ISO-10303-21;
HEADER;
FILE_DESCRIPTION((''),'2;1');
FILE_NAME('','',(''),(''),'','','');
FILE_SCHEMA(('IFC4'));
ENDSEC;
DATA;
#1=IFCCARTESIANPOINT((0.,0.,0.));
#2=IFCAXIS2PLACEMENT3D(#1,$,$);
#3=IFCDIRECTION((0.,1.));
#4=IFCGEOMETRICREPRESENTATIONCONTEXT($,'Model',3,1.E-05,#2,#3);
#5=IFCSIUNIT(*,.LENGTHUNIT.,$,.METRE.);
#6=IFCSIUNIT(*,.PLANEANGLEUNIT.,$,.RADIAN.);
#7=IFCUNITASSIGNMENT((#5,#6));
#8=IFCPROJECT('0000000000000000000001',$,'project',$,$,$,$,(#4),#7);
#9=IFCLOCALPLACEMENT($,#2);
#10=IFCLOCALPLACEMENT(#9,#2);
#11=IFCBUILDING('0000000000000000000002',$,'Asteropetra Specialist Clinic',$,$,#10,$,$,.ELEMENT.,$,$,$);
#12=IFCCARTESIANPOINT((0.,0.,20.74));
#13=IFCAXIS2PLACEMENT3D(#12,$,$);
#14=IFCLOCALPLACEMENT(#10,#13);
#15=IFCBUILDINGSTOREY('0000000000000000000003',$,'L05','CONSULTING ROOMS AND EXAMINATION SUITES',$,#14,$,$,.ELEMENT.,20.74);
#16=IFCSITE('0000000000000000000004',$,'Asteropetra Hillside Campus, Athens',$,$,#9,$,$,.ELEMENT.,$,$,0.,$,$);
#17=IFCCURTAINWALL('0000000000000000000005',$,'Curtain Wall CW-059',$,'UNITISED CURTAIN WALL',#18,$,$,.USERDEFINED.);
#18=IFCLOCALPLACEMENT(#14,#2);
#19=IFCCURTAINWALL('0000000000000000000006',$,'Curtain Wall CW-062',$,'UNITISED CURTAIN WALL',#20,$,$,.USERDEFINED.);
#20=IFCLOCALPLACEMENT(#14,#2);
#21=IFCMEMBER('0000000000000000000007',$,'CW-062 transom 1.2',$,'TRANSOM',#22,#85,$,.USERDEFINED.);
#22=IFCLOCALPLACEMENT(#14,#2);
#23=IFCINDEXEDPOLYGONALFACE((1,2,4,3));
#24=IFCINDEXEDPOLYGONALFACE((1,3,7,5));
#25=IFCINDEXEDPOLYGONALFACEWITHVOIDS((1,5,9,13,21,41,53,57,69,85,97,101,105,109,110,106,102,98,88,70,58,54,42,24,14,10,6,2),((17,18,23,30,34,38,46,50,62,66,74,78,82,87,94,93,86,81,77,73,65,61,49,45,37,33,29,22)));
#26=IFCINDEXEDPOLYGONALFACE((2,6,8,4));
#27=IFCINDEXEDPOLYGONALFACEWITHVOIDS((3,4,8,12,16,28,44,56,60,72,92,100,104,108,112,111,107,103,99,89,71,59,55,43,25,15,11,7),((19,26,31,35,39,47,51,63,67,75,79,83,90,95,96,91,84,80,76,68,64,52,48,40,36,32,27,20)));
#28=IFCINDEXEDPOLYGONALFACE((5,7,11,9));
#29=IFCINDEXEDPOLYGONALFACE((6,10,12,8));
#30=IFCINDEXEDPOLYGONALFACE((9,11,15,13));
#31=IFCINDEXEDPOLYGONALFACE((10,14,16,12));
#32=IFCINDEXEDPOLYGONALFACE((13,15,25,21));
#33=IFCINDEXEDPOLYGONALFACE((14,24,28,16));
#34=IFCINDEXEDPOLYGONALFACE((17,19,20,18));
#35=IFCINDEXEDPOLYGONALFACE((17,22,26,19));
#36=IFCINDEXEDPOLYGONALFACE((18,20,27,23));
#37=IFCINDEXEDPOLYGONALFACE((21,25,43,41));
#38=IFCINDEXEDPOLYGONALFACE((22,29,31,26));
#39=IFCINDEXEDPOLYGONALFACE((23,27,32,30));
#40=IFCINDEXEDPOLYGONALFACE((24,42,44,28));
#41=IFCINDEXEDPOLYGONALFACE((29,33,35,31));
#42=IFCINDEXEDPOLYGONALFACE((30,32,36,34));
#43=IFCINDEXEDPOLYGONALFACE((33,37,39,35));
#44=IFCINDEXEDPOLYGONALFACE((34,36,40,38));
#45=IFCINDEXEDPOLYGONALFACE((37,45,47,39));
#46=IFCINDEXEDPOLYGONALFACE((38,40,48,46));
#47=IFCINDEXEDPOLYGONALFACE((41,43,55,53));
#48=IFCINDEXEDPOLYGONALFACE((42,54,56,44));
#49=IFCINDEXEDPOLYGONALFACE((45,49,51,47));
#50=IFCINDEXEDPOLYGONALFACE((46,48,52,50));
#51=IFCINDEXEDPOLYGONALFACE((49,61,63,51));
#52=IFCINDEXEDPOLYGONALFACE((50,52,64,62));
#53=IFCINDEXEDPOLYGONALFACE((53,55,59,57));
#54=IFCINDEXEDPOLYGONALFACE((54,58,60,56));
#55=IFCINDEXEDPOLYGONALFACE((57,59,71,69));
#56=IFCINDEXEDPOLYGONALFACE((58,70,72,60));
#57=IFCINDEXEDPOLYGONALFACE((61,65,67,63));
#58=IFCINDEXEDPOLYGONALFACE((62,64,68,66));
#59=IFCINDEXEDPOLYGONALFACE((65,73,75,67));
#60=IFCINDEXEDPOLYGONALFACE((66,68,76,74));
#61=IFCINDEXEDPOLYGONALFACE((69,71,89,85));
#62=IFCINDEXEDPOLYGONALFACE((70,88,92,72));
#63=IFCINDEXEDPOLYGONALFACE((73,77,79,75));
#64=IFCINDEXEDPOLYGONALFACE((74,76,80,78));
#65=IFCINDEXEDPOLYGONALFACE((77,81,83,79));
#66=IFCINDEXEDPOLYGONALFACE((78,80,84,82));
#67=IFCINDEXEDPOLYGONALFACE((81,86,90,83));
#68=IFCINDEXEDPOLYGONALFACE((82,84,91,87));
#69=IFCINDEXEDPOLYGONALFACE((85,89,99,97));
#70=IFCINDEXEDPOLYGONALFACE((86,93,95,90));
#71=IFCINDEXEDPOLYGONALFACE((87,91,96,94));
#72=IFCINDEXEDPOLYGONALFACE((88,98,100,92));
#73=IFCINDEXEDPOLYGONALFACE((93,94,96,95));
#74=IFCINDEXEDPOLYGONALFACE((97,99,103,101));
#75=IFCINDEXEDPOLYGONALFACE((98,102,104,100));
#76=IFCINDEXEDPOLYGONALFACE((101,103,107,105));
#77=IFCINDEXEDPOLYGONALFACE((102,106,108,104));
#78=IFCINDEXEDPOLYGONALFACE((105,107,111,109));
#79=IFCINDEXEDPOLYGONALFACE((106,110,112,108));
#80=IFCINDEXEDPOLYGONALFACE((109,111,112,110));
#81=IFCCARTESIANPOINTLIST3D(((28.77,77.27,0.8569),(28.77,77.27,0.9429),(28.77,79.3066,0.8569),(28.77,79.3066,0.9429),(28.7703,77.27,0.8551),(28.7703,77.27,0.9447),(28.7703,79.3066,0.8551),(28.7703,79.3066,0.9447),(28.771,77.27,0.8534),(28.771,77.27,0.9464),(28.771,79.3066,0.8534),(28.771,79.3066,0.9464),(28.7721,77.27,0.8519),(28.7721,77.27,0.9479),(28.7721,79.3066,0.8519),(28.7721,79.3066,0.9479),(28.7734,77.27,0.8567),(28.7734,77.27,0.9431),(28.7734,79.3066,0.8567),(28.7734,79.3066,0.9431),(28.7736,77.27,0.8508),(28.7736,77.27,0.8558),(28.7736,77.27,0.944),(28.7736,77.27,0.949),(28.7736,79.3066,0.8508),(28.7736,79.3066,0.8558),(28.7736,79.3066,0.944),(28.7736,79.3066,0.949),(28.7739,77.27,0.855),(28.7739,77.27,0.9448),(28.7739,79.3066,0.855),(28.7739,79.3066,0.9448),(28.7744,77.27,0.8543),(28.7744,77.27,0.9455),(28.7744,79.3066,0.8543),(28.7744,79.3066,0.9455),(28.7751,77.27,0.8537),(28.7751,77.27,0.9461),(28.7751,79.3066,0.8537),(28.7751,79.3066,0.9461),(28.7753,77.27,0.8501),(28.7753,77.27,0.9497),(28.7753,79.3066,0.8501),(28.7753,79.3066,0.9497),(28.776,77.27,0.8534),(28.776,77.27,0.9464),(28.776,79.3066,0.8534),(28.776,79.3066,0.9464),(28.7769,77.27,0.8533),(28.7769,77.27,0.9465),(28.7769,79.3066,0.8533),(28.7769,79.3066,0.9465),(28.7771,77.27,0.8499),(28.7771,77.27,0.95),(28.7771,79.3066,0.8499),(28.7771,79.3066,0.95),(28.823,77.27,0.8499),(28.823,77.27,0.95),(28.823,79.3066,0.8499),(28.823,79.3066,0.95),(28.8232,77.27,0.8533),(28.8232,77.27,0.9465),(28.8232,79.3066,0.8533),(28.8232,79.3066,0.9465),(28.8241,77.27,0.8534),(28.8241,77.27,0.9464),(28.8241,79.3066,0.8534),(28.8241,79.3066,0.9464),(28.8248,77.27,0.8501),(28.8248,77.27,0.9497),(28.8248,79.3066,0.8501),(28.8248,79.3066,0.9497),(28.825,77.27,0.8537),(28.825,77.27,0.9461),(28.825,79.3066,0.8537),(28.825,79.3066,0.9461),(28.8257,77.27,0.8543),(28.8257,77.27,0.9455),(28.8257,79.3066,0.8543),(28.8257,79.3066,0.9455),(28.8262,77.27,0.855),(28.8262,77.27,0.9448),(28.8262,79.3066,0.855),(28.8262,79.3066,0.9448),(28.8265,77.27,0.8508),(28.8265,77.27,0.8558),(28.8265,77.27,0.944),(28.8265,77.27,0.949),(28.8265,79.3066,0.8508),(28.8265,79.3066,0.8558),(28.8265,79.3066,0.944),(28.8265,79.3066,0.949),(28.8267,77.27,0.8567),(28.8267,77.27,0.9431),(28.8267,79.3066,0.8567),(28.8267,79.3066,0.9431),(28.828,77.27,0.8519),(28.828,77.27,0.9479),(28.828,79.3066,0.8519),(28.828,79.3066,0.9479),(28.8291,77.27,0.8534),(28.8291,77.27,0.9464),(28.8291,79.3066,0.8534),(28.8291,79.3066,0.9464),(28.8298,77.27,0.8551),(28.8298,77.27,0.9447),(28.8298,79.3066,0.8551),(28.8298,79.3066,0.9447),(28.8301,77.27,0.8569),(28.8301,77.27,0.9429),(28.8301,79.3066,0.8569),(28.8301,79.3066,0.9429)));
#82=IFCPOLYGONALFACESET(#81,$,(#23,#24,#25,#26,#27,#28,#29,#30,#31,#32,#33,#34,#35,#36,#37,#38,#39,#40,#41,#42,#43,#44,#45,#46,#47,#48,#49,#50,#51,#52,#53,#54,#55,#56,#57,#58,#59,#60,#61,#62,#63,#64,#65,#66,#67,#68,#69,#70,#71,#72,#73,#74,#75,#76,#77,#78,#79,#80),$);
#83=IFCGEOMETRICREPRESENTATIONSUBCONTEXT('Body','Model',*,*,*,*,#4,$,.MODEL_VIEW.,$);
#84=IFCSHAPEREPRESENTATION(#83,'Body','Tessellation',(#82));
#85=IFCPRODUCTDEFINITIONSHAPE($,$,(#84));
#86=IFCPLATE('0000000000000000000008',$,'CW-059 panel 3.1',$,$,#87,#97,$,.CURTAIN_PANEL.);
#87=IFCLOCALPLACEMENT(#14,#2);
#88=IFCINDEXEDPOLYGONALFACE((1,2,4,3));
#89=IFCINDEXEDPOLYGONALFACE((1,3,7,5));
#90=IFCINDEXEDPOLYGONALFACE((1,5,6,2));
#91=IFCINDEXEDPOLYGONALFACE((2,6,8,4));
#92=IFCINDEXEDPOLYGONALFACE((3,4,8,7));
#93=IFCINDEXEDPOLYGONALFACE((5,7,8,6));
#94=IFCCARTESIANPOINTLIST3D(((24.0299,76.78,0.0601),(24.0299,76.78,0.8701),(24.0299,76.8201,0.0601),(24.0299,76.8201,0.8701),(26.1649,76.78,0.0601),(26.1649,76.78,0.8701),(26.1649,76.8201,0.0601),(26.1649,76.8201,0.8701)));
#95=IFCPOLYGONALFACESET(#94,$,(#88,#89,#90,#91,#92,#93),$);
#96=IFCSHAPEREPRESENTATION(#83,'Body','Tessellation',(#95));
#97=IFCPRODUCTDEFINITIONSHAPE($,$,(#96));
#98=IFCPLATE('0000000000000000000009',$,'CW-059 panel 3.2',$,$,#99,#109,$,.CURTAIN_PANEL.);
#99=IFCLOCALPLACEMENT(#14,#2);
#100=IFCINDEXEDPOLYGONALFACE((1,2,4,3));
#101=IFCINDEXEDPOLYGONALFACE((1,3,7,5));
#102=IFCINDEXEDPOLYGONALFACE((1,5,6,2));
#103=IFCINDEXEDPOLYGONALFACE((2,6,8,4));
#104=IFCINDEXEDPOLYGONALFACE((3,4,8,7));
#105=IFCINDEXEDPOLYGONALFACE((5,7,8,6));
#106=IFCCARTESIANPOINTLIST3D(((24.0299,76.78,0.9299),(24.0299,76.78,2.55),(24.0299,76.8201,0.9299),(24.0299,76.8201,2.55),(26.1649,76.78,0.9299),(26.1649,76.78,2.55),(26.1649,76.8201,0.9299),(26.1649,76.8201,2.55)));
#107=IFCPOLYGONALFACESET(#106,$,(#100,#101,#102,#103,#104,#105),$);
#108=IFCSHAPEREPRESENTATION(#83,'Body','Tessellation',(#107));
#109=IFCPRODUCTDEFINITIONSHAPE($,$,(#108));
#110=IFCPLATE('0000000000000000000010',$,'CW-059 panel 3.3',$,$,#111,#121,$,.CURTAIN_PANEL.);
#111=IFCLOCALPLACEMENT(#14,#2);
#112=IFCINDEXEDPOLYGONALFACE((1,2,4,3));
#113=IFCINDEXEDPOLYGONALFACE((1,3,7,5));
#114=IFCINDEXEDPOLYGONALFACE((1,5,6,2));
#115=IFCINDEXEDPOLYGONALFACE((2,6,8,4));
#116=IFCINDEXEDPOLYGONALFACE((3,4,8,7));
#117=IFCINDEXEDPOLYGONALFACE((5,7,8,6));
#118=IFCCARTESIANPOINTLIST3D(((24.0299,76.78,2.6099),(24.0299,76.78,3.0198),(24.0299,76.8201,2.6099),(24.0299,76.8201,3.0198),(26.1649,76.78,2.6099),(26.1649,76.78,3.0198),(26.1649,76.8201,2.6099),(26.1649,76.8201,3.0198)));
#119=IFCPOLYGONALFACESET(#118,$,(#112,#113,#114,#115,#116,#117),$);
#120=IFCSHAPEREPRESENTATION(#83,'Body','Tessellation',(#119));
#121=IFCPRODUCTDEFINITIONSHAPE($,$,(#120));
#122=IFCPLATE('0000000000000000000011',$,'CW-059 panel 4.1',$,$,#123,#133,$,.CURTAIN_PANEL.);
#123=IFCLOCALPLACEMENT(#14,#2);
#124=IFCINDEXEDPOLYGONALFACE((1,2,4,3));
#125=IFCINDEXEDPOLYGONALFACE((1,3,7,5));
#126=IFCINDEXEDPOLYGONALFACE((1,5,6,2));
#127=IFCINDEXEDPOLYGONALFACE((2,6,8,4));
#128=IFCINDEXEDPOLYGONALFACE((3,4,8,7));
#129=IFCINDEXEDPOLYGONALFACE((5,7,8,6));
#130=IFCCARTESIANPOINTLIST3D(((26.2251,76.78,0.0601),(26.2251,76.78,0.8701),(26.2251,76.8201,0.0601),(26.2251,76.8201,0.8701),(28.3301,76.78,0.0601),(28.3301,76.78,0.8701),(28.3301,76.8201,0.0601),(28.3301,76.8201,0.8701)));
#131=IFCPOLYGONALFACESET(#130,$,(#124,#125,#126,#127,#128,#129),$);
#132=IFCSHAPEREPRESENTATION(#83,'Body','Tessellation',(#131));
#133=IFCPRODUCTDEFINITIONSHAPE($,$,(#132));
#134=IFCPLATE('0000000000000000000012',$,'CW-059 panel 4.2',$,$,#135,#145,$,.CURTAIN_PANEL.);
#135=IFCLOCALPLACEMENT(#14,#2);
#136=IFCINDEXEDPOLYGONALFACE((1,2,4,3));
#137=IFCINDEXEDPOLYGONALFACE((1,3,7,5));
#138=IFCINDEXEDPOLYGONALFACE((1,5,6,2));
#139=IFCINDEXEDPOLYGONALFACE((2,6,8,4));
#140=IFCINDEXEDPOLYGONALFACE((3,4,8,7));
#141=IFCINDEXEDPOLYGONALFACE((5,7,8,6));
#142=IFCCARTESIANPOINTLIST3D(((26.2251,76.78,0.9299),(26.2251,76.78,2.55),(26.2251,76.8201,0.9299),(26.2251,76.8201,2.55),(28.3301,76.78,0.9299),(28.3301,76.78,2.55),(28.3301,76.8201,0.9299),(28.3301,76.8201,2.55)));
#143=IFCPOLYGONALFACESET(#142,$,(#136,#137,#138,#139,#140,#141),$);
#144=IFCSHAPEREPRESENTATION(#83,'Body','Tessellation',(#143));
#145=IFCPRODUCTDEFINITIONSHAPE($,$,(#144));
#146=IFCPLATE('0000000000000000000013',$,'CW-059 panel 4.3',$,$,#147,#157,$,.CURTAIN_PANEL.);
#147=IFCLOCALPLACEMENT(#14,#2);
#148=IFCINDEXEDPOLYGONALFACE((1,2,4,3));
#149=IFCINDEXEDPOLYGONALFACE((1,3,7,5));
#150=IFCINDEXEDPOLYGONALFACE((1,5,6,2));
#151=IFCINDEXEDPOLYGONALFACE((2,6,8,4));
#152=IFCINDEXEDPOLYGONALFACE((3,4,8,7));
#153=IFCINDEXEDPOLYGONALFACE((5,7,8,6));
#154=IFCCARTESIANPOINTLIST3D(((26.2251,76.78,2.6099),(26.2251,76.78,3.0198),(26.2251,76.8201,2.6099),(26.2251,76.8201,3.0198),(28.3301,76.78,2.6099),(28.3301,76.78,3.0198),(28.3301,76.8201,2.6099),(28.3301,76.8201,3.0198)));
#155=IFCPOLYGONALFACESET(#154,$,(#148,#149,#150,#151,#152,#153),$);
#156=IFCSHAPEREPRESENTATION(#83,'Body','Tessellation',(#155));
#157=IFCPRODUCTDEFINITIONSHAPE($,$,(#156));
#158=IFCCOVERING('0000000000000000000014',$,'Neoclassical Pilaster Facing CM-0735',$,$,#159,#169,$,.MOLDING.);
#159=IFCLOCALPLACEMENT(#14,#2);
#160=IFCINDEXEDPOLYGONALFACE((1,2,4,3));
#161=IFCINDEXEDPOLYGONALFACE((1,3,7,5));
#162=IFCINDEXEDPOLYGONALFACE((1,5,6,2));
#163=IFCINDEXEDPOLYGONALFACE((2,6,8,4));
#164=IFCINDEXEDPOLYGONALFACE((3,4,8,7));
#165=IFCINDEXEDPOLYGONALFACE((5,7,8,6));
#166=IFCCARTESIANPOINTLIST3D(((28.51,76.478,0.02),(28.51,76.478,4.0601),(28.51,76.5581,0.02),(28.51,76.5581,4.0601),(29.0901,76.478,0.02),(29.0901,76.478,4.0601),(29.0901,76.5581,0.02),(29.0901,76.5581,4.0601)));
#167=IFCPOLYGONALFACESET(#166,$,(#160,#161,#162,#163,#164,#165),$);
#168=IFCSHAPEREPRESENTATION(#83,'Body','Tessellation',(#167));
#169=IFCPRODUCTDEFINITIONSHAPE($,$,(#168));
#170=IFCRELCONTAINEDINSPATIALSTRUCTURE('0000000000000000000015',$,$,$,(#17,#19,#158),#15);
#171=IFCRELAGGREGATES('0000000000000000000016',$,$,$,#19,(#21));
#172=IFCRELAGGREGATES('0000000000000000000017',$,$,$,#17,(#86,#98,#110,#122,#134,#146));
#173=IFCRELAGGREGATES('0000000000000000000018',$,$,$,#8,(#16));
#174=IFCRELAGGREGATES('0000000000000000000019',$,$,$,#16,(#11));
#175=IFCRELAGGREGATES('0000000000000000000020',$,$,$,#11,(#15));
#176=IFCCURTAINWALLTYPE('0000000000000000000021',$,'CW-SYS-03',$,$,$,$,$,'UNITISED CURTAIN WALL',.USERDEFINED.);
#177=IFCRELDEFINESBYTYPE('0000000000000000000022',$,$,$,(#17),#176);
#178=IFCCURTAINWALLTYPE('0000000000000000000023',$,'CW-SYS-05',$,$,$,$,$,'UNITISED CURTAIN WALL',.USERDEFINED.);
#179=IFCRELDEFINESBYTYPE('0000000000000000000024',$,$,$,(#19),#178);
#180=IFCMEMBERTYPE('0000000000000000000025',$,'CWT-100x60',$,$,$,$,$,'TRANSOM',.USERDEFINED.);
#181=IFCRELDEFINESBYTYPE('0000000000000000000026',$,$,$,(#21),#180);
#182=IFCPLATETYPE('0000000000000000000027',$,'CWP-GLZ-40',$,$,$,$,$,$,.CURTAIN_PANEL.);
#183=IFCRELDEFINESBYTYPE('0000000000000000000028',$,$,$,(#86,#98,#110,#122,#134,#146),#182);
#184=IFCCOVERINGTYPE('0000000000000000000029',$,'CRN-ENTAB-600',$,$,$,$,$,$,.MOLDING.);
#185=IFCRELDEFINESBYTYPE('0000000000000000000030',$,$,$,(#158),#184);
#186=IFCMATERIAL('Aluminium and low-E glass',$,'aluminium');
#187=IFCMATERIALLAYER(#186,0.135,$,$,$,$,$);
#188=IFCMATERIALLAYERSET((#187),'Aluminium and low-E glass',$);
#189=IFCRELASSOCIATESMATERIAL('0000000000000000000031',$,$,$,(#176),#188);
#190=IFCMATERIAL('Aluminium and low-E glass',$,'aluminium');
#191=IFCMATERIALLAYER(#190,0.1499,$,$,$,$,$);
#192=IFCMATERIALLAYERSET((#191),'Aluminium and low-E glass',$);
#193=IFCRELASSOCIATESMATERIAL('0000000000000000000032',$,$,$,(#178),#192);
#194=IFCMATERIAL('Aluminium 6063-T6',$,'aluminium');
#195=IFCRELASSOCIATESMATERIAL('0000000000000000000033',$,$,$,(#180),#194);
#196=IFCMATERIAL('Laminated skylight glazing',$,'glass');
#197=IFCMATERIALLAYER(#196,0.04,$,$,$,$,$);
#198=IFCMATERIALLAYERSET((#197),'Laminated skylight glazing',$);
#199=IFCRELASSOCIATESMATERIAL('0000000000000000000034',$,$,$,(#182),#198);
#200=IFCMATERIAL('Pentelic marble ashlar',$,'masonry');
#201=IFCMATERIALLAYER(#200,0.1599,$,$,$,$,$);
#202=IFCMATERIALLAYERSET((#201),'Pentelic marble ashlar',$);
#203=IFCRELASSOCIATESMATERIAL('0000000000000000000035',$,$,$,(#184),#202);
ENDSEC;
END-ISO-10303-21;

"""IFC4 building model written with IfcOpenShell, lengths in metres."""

from ifc_helpers import new_model, si_unit, direction, frame, origin, origin_2d, place, context, subcontext, project, spatial, rectangle, hollow_rectangle, extrude, material, layer, layer_set, material_profile, profile_set, type_object, element, aggregate, save


model = new_model("IFC4")

# Units and contexts
model_context = context("Model", 3, precision=1e-05, world=origin(), true_north=direction((0.0, 1.0)))
body_context = subcontext(model_context, "Body", "Model", "MODEL_VIEW")
ifc_project = project(units=[si_unit("LENGTHUNIT", "METRE"), si_unit("PLANEANGLEUNIT", "RADIAN")], contexts=[model_context])

# Site, building, storey
site_placement = place(None, origin())
site = spatial("IfcSite", under=ifc_project, at=site_placement, Name="Asteropetra Hillside Campus, Athens", CompositionType="ELEMENT", RefElevation=0.0)
building_placement = place(site_placement, origin())
building = spatial("IfcBuilding", under=site, at=building_placement, Name="Asteropetra Specialist Clinic", CompositionType="ELEMENT")
storey_placement = place(building_placement, frame((0.0, 0.0, 20.74)))
storey = spatial("IfcBuildingStorey", under=building, at=storey_placement, Name="L05", Description="CONSULTING ROOMS AND EXAMINATION SUITES", CompositionType="ELEMENT", Elevation=20.74)

# Curtain wall
ifc_material_1 = material(Name="Aluminium and low-E glass", Category="aluminium")
ifc_layer_1 = layer(ifc_material_1, 0.135)
ifc_layer_set_1 = layer_set([ifc_layer_1], Name="Aluminium and low-E glass")
curtain_wall_type_1 = type_object("IfcCurtainWallType", Name="CW-SYS-03", ElementType="UNITISED CURTAIN WALL", PredefinedType="USERDEFINED", material=ifc_layer_set_1)
curtain_wall_1_placement = place(storey_placement, origin())
curtain_wall_1 = element("IfcCurtainWall", 1, at=curtain_wall_1_placement, inside=storey, type_object=curtain_wall_type_1, Name="Curtain Wall CW-059", ObjectType="UNITISED CURTAIN WALL", PredefinedType="USERDEFINED")

# Curtain wall
ifc_material_2 = material(Name="Aluminium and low-E glass", Category="aluminium")
ifc_layer_2 = layer(ifc_material_2, 0.1499)
ifc_layer_set_2 = layer_set([ifc_layer_2], Name="Aluminium and low-E glass")
curtain_wall_type_2 = type_object("IfcCurtainWallType", Name="CW-SYS-05", ElementType="UNITISED CURTAIN WALL", PredefinedType="USERDEFINED", material=ifc_layer_set_2)
curtain_wall_2_placement = place(storey_placement, origin())
curtain_wall_2 = element("IfcCurtainWall", 2, at=curtain_wall_2_placement, inside=storey, type_object=curtain_wall_type_2, Name="Curtain Wall CW-062", ObjectType="UNITISED CURTAIN WALL", PredefinedType="USERDEFINED")

# Member
ifc_material_3 = material(Name="Aluminium 6063-T6", Category="aluminium")
ifc_material_profile_1 = material_profile(ifc_material_3, hollow_rectangle(XDim=0.0601, YDim=0.1001, WallThickness=0.0034, InnerFilletRadius=0.0034, OuterFilletRadius=0.0071, at=origin_2d()), Name="TRN 100x60x3.5")
ifc_profile_set_1 = profile_set([ifc_material_profile_1], Name="Aluminium 6063-T6")
member_type_1 = type_object("IfcMemberType", Name="CWT-100x60", ElementType="TRANSOM", PredefinedType="USERDEFINED", material=ifc_profile_set_1)
member_1_placement = place(storey_placement, frame((28.8, 77.27, 0.8999), z_axis=(0.0, 1.0, 0.0), x_axis=(-1.0, 0.0, 0.0)))
member_1 = element("IfcMember", 3, at=member_1_placement, type_object=member_type_1, Name="CW-062 transom 1.2", ObjectType="TRANSOM", PredefinedType="USERDEFINED", context=body_context, shape_type="SweptSolid", body=[
    extrude(hollow_rectangle(XDim=0.0601, YDim=0.1001, WallThickness=0.0034, InnerFilletRadius=0.0034, OuterFilletRadius=0.0071, at=origin_2d()), origin(), (0.0, 0.0, 1.0), 2.0366),
])
aggregate(curtain_wall_2, [member_1])

# Plates
ifc_material_4 = material(Name="Laminated skylight glazing", Category="glass")
ifc_layer_3 = layer(ifc_material_4, 0.04)
ifc_layer_set_3 = layer_set([ifc_layer_3], Name="Laminated skylight glazing")
plate_type = type_object("IfcPlateType", Name="CWP-GLZ-40", PredefinedType="CURTAIN_PANEL", material=ifc_layer_set_3)
plate_1_placement = place(storey_placement, frame((25.0974, 76.8, 0.0601), z_axis=(0.0, 0.0, 1.0), x_axis=(1.0, 0.0, 0.0)))
plate_1 = element("IfcPlate", 4, at=plate_1_placement, type_object=plate_type, Name="CW-059 panel 3.1", PredefinedType="CURTAIN_PANEL", context=body_context, shape_type="SweptSolid", body=[
    extrude(rectangle(XDim=2.135, YDim=0.04, at=origin_2d()), origin(), (0.0, 0.0, 1.0), 0.8101),
])
plate_2_placement = place(storey_placement, frame((25.0974, 76.8, 0.9299), z_axis=(0.0, 0.0, 1.0), x_axis=(1.0, 0.0, 0.0)))
plate_2 = element("IfcPlate", 5, at=plate_2_placement, type_object=plate_type, Name="CW-059 panel 3.2", PredefinedType="CURTAIN_PANEL", context=body_context, shape_type="SweptSolid", body=[
    extrude(rectangle(XDim=2.135, YDim=0.04, at=origin_2d()), origin(), (0.0, 0.0, 1.0), 1.6201),
])
plate_3_placement = place(storey_placement, frame((25.0974, 76.8, 2.6099), z_axis=(0.0, 0.0, 1.0), x_axis=(1.0, 0.0, 0.0)))
plate_3 = element("IfcPlate", 6, at=plate_3_placement, type_object=plate_type, Name="CW-059 panel 3.3", PredefinedType="CURTAIN_PANEL", context=body_context, shape_type="SweptSolid", body=[
    extrude(rectangle(XDim=2.135, YDim=0.04, at=origin_2d()), origin(), (0.0, 0.0, 1.0), 0.4099),
])
plate_4_placement = place(storey_placement, frame((27.2776, 76.8, 0.0601), z_axis=(0.0, 0.0, 1.0), x_axis=(1.0, 0.0, 0.0)))
plate_4 = element("IfcPlate", 7, at=plate_4_placement, type_object=plate_type, Name="CW-059 panel 4.1", PredefinedType="CURTAIN_PANEL", context=body_context, shape_type="SweptSolid", body=[
    extrude(rectangle(XDim=2.105, YDim=0.04, at=origin_2d()), origin(), (0.0, 0.0, 1.0), 0.8101),
])
plate_5_placement = place(storey_placement, frame((27.2776, 76.8, 0.9299), z_axis=(0.0, 0.0, 1.0), x_axis=(1.0, 0.0, 0.0)))
plate_5 = element("IfcPlate", 8, at=plate_5_placement, type_object=plate_type, Name="CW-059 panel 4.2", PredefinedType="CURTAIN_PANEL", context=body_context, shape_type="SweptSolid", body=[
    extrude(rectangle(XDim=2.105, YDim=0.04, at=origin_2d()), origin(), (0.0, 0.0, 1.0), 1.6201),
])
plate_6_placement = place(storey_placement, frame((27.2776, 76.8, 2.6099), z_axis=(0.0, 0.0, 1.0), x_axis=(1.0, 0.0, 0.0)))
plate_6 = element("IfcPlate", 9, at=plate_6_placement, type_object=plate_type, Name="CW-059 panel 4.3", PredefinedType="CURTAIN_PANEL", context=body_context, shape_type="SweptSolid", body=[
    extrude(rectangle(XDim=2.105, YDim=0.04, at=origin_2d()), origin(), (0.0, 0.0, 1.0), 0.4099),
])
aggregate(curtain_wall_1, [plate_1, plate_2, plate_3, plate_4, plate_5, plate_6])

# Covering
ifc_material_5 = material(Name="Pentelic marble ashlar", Category="masonry")
ifc_layer_4 = layer(ifc_material_5, 0.1599)
ifc_layer_set_4 = layer_set([ifc_layer_4], Name="Pentelic marble ashlar")
covering_type = type_object("IfcCoveringType", Name="CRN-ENTAB-600", PredefinedType="MOLDING", material=ifc_layer_set_4)
covering_placement = place(storey_placement, frame((28.8, 76.5181, 0.02), z_axis=(0.0, 0.0, 1.0), x_axis=(1.0, 0.0, 0.0)))
element("IfcCovering", 10, at=covering_placement, inside=storey, type_object=covering_type, Name="Neoclassical Pilaster Facing CM-0735", PredefinedType="MOLDING", context=body_context, shape_type="SweptSolid", body=[
    extrude(rectangle(XDim=0.5801, YDim=0.0801, at=origin_2d()), origin(), (0.0, 0.0, 1.0), 4.04),
])

save(model, "model.ifc")
